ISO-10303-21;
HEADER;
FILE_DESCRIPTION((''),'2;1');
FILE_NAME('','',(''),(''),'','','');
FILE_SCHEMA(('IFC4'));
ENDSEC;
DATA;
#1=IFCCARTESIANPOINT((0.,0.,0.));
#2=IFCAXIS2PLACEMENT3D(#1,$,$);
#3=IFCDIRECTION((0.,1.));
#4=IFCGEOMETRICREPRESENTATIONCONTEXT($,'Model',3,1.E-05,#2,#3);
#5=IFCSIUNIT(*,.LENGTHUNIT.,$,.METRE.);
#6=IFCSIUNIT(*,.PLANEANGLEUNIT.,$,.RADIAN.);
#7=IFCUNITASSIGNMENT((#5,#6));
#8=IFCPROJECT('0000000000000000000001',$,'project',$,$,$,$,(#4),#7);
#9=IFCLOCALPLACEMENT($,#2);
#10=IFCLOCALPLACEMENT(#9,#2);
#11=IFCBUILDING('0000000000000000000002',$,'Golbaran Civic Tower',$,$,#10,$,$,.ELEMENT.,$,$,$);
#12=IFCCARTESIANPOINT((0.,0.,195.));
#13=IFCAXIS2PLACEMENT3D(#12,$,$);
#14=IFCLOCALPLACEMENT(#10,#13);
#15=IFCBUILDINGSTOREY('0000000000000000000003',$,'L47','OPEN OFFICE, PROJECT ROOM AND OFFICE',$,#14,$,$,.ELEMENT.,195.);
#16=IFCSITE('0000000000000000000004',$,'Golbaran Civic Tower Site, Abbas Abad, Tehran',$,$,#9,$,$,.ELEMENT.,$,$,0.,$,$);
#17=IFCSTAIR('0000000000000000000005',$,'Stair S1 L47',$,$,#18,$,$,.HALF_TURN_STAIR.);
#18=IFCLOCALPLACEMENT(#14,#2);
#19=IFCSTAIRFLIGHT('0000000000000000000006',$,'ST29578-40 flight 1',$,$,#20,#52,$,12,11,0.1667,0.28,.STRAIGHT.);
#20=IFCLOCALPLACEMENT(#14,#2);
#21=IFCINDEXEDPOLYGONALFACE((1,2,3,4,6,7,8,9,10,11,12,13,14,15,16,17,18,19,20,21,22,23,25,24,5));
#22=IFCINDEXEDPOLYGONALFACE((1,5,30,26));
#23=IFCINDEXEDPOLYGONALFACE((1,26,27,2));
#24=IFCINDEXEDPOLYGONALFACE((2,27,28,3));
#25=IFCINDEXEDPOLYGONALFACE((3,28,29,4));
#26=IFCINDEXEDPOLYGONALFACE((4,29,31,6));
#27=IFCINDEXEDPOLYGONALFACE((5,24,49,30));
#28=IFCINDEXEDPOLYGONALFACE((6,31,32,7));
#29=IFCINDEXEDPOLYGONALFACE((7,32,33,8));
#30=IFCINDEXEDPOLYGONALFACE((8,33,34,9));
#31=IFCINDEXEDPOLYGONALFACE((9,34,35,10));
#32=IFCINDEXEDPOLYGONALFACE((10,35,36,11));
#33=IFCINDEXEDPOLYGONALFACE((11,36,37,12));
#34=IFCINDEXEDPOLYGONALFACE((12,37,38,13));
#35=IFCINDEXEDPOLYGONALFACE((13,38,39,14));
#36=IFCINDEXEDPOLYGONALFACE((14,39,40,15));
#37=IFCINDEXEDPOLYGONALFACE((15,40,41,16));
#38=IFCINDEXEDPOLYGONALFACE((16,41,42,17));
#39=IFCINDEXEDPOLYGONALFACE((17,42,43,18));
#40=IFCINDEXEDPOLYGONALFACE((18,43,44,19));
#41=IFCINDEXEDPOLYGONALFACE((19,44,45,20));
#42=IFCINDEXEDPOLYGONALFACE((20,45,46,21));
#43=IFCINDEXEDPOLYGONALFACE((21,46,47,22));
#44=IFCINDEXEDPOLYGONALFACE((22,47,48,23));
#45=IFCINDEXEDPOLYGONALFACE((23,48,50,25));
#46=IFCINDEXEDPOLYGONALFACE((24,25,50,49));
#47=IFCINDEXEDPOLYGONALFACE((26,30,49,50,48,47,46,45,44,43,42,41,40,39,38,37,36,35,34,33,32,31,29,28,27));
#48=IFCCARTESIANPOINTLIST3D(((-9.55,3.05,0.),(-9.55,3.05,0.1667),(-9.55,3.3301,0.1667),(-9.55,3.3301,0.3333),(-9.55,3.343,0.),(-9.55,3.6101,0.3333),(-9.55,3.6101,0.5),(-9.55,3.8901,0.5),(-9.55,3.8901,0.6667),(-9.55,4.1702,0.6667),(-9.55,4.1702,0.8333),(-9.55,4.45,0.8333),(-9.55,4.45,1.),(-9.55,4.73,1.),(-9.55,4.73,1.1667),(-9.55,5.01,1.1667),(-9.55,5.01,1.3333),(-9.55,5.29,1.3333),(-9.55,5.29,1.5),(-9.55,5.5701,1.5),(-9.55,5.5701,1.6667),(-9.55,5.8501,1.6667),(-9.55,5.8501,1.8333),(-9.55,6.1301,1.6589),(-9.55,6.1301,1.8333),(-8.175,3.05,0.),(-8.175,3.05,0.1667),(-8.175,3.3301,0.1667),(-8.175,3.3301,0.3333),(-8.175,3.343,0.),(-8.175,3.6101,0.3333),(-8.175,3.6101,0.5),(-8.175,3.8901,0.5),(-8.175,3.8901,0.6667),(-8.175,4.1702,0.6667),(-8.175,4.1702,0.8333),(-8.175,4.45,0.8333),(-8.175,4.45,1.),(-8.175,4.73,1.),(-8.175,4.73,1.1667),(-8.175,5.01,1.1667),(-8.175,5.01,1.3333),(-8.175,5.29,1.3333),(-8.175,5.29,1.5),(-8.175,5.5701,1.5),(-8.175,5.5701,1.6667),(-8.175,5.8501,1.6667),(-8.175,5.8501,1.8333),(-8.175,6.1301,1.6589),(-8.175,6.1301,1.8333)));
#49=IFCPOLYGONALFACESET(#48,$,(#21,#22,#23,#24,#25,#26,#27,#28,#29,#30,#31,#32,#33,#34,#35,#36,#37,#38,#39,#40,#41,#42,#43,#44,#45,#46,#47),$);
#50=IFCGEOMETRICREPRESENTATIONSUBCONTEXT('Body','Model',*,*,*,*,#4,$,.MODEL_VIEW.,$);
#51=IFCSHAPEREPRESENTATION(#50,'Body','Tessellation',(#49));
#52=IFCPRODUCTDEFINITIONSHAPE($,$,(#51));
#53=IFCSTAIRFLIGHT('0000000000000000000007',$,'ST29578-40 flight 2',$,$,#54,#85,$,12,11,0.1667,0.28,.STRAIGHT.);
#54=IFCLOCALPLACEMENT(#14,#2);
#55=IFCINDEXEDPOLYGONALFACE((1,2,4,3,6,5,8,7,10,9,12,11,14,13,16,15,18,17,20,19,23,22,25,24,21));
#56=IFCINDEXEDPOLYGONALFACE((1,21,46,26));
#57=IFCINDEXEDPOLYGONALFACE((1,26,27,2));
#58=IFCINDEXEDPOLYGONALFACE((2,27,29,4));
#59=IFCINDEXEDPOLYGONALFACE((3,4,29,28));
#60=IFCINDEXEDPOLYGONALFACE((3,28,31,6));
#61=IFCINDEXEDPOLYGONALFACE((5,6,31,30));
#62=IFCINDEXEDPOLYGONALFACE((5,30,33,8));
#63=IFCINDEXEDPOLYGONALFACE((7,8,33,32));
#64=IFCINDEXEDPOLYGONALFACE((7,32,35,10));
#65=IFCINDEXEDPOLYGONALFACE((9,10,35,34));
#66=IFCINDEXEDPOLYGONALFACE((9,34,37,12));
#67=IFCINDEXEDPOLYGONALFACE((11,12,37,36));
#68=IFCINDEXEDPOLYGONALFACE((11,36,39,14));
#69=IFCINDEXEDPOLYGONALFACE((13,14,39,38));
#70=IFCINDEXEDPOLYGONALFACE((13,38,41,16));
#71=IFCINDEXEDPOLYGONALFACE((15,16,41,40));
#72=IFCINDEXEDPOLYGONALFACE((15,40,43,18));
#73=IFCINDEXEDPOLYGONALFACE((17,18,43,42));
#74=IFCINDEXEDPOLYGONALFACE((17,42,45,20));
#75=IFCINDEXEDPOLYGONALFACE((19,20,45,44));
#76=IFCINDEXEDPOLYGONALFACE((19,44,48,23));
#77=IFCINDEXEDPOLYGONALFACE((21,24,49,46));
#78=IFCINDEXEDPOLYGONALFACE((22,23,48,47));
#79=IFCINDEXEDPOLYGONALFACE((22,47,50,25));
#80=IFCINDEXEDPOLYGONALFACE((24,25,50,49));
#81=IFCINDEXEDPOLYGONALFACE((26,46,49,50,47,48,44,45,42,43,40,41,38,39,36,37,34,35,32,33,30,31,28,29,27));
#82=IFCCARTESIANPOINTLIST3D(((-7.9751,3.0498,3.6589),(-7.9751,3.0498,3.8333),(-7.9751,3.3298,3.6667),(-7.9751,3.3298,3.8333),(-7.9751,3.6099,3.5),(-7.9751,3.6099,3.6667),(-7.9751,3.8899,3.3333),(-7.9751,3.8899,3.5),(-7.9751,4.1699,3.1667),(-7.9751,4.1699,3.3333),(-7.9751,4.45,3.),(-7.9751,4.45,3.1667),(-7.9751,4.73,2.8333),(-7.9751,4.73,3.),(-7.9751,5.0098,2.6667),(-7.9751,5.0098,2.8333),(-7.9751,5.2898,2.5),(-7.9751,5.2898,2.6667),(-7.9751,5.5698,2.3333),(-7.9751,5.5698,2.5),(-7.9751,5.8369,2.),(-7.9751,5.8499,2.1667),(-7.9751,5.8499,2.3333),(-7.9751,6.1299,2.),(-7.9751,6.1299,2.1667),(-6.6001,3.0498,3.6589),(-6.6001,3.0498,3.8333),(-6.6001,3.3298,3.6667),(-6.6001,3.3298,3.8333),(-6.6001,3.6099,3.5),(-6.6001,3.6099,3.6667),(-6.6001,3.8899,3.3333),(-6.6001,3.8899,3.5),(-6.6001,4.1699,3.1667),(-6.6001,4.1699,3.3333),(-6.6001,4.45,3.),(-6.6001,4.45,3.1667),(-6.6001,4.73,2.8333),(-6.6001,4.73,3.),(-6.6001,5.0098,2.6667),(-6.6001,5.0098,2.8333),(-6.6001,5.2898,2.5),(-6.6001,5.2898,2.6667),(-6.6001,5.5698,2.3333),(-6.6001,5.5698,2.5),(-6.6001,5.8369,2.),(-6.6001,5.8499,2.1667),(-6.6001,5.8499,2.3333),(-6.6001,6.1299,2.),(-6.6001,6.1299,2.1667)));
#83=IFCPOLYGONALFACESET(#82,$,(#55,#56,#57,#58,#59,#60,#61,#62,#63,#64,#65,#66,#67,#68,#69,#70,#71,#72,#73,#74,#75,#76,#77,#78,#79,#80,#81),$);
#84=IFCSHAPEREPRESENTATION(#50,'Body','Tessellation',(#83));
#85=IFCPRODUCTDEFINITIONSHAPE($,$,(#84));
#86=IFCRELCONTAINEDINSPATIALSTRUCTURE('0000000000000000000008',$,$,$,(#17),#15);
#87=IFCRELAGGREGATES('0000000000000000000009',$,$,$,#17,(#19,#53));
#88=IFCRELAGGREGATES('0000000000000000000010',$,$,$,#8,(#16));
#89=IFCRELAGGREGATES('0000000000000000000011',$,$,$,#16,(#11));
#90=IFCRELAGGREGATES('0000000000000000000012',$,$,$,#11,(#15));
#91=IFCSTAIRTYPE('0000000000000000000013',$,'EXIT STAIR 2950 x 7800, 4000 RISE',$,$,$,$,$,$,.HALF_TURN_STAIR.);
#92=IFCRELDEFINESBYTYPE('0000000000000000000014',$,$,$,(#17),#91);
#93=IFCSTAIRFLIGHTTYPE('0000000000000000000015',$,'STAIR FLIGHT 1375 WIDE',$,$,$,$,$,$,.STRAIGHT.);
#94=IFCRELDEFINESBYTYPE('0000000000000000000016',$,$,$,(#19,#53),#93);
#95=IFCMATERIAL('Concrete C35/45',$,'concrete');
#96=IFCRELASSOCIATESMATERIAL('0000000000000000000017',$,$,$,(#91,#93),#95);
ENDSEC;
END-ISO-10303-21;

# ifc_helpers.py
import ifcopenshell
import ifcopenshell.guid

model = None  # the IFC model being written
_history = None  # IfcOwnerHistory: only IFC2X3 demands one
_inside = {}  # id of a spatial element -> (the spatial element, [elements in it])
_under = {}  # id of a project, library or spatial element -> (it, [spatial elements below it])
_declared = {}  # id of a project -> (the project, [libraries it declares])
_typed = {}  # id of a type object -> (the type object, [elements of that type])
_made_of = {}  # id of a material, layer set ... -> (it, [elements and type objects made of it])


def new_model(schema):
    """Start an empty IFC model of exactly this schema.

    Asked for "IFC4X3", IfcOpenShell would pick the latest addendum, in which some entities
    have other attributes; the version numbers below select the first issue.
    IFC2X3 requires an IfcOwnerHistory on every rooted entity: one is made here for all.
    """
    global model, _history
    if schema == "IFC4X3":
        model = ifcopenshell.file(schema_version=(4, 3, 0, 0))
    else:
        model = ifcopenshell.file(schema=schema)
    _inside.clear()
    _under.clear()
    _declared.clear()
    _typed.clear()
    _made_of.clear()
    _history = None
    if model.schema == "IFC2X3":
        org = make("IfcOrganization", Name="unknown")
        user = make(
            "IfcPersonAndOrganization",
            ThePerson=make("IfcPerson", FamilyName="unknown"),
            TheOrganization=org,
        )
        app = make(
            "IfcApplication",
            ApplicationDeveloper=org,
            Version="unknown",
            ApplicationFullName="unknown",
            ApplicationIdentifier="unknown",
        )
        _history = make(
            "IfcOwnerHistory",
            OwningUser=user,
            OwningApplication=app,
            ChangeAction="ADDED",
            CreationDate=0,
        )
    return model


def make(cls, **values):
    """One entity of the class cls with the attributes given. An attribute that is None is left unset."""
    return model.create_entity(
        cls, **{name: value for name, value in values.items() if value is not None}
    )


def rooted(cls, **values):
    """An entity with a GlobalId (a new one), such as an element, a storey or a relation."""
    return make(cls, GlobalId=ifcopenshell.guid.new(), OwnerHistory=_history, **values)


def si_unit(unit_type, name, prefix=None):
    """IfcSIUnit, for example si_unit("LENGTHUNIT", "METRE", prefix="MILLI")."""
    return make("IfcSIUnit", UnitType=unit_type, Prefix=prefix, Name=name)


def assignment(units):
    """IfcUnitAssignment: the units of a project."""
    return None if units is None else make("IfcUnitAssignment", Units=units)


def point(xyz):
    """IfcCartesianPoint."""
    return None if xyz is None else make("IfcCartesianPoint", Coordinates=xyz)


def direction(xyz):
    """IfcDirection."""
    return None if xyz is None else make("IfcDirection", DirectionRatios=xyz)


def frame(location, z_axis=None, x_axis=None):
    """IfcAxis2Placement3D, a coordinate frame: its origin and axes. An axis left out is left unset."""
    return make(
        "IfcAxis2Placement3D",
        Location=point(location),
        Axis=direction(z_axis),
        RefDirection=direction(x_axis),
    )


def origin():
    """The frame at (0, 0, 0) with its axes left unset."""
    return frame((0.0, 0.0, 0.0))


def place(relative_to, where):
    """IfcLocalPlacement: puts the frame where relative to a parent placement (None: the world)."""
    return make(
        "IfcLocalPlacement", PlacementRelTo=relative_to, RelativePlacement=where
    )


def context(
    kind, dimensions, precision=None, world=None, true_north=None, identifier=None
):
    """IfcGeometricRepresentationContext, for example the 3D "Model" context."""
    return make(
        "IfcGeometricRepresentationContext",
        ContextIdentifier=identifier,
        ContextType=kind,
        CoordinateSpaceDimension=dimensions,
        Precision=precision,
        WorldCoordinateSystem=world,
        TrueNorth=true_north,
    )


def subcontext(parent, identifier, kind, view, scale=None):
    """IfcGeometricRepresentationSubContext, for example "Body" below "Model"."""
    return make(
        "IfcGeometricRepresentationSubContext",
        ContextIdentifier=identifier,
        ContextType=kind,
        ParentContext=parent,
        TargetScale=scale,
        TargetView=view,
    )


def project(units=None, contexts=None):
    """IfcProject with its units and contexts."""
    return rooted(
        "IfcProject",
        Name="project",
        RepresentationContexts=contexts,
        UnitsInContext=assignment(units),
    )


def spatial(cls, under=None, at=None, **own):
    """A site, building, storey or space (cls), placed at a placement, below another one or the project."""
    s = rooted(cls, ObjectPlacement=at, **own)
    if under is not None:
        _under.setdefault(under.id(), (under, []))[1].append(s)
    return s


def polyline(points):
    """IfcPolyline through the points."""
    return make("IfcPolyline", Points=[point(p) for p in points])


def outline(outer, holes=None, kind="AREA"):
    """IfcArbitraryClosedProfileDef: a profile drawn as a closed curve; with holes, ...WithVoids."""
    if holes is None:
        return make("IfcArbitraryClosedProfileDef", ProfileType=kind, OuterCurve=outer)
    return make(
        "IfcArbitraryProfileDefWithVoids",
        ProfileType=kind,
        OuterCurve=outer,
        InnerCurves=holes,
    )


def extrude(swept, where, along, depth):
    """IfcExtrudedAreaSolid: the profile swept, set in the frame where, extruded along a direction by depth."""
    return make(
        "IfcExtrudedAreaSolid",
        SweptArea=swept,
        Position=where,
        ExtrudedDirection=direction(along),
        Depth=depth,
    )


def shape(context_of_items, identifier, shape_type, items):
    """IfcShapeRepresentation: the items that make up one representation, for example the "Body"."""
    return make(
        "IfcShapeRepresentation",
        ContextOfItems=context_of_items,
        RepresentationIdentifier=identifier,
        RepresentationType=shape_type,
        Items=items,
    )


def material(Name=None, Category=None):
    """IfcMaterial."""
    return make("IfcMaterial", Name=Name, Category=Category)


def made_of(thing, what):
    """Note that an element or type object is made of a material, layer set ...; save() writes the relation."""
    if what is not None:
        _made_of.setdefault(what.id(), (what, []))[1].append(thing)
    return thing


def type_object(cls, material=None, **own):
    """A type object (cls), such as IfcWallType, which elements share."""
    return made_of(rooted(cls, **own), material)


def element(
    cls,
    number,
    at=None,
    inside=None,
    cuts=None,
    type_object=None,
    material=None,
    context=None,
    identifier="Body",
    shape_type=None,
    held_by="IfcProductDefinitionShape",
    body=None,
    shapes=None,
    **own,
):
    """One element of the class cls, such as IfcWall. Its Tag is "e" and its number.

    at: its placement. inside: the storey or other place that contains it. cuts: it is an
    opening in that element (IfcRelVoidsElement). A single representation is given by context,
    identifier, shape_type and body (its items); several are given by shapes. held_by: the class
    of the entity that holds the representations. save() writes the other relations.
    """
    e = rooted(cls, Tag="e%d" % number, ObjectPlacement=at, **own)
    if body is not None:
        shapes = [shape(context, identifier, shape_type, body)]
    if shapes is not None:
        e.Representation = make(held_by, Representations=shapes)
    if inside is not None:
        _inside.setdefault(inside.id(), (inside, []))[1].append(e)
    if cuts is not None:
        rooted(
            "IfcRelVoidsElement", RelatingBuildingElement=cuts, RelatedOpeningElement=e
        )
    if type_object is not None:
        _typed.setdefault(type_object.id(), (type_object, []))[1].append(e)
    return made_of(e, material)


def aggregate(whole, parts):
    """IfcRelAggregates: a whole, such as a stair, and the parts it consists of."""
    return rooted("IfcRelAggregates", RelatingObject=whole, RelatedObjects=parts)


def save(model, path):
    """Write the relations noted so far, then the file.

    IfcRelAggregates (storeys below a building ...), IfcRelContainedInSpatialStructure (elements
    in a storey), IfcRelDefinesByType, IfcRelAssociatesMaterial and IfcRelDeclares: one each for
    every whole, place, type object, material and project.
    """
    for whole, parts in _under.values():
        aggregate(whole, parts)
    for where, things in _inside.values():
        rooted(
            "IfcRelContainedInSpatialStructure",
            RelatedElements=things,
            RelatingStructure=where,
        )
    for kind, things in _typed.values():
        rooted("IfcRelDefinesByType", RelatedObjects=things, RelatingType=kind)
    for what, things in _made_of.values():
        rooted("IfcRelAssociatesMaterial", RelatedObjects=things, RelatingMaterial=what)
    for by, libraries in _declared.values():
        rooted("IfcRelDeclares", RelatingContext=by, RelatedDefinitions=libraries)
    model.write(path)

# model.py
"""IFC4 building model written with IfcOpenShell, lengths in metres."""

from ifc_helpers import new_model, si_unit, direction, frame, origin, place, context, subcontext, project, spatial, polyline, outline, extrude, material, type_object, element, aggregate, save


model = new_model("IFC4")

# Units and contexts
model_context = context("Model", 3, precision=1e-05, world=origin(), true_north=direction((0.0, 1.0)))
body_context = subcontext(model_context, "Body", "Model", "MODEL_VIEW")
ifc_project = project(units=[si_unit("LENGTHUNIT", "METRE"), si_unit("PLANEANGLEUNIT", "RADIAN")], contexts=[model_context])

# Site, building, storey
site_placement = place(None, origin())
site = spatial("IfcSite", under=ifc_project, at=site_placement, Name="Golbaran Civic Tower Site, Abbas Abad, Tehran", CompositionType="ELEMENT", RefElevation=0.0)
building_placement = place(site_placement, origin())
building = spatial("IfcBuilding", under=site, at=building_placement, Name="Golbaran Civic Tower", CompositionType="ELEMENT")
storey_placement = place(building_placement, frame((0.0, 0.0, 195.0)))
storey = spatial("IfcBuildingStorey", under=building, at=storey_placement, Name="L47", Description="OPEN OFFICE, PROJECT ROOM AND OFFICE", CompositionType="ELEMENT", Elevation=195.0)

# Stair, stair flights
ifc_material_1 = material(Name="Concrete C35/45", Category="concrete")
stair_type = type_object("IfcStairType", Name="EXIT STAIR 2950 x 7800, 4000 RISE", PredefinedType="HALF_TURN_STAIR", material=ifc_material_1)
stair_placement = place(storey_placement, origin())
stair = element("IfcStair", 1, at=stair_placement, inside=storey, type_object=stair_type, Name="Stair S1 L47", PredefinedType="HALF_TURN_STAIR")
stair_flight_type = type_object("IfcStairFlightType", Name="STAIR FLIGHT 1375 WIDE", PredefinedType="STRAIGHT", material=ifc_material_1)
stair_flight_1_placement = place(storey_placement, frame((-8.8625, 3.05, 0.0), z_axis=(0.0, 0.0, 1.0), x_axis=(0.0, 1.0, 0.0)))
stair_flight_1 = element("IfcStairFlight", 2, at=stair_flight_1_placement, type_object=stair_flight_type, Name="ST29578-40 flight 1", NumberOfRisers=12, NumberOfTreads=11, PredefinedType="STRAIGHT", RiserHeight=0.1667, TreadLength=0.28, context=body_context, shape_type="SweptSolid", body=[
    extrude(outline(polyline([(0.0, 0.0), (0.0, 0.1667), (0.28, 0.1667), (0.28, 0.3333), (0.5601, 0.3333), (0.5601, 0.5), (0.8401, 0.5), (0.8401, 0.6667), (1.1201, 0.6667), (1.1201, 0.8333), (1.3999, 0.8333), (1.3999, 1.0), (1.6799, 1.0), (1.6799, 1.1667), (1.96, 1.1667), (1.96, 1.3333), (2.24, 1.3333), (2.24, 1.5), (2.52, 1.5), (2.52, 1.6667), (2.8, 1.6667), (2.8, 1.8333), (3.0801, 1.8333), (3.0801, 2.0), (3.0801, 1.6589), (0.293, 0.0), (0.0, 0.0)])), frame((0.0, 0.6875, 0.0), z_axis=(0.0, -1.0, 0.0), x_axis=(1.0, 0.0, 0.0)), (0.0, 0.0, 1.0), 1.375),
])
stair_flight_2_placement = place(storey_placement, frame((-7.2876, 6.1299, 2.0), z_axis=(0.0, 0.0, 1.0), x_axis=(0.0, -1.0, 0.0)))
stair_flight_2 = element("IfcStairFlight", 3, at=stair_flight_2_placement, type_object=stair_flight_type, Name="ST29578-40 flight 2", NumberOfRisers=12, NumberOfTreads=11, PredefinedType="STRAIGHT", RiserHeight=0.1667, TreadLength=0.28, context=body_context, shape_type="SweptSolid", body=[
    extrude(outline(polyline([(0.0, 0.0), (0.0, 0.1667), (0.28, 0.1667), (0.28, 0.3333), (0.5601, 0.3333), (0.5601, 0.5), (0.8401, 0.5), (0.8401, 0.6667), (1.1201, 0.6667), (1.1201, 0.8333), (1.3999, 0.8333), (1.3999, 1.0), (1.6799, 1.0), (1.6799, 1.1667), (1.96, 1.1667), (1.96, 1.3333), (2.24, 1.3333), (2.24, 1.5), (2.52, 1.5), (2.52, 1.6667), (2.8, 1.6667), (2.8, 1.8333), (3.0801, 1.8333), (3.0801, 2.0), (3.0801, 1.6589), (0.293, 0.0), (0.0, 0.0)])), frame((0.0, 0.6875, 0.0), z_axis=(0.0, -1.0, 0.0), x_axis=(1.0, 0.0, 0.0)), (0.0, 0.0, 1.0), 1.375),
])
aggregate(stair, [stair_flight_1, stair_flight_2])

save(model, "model.ifc")
